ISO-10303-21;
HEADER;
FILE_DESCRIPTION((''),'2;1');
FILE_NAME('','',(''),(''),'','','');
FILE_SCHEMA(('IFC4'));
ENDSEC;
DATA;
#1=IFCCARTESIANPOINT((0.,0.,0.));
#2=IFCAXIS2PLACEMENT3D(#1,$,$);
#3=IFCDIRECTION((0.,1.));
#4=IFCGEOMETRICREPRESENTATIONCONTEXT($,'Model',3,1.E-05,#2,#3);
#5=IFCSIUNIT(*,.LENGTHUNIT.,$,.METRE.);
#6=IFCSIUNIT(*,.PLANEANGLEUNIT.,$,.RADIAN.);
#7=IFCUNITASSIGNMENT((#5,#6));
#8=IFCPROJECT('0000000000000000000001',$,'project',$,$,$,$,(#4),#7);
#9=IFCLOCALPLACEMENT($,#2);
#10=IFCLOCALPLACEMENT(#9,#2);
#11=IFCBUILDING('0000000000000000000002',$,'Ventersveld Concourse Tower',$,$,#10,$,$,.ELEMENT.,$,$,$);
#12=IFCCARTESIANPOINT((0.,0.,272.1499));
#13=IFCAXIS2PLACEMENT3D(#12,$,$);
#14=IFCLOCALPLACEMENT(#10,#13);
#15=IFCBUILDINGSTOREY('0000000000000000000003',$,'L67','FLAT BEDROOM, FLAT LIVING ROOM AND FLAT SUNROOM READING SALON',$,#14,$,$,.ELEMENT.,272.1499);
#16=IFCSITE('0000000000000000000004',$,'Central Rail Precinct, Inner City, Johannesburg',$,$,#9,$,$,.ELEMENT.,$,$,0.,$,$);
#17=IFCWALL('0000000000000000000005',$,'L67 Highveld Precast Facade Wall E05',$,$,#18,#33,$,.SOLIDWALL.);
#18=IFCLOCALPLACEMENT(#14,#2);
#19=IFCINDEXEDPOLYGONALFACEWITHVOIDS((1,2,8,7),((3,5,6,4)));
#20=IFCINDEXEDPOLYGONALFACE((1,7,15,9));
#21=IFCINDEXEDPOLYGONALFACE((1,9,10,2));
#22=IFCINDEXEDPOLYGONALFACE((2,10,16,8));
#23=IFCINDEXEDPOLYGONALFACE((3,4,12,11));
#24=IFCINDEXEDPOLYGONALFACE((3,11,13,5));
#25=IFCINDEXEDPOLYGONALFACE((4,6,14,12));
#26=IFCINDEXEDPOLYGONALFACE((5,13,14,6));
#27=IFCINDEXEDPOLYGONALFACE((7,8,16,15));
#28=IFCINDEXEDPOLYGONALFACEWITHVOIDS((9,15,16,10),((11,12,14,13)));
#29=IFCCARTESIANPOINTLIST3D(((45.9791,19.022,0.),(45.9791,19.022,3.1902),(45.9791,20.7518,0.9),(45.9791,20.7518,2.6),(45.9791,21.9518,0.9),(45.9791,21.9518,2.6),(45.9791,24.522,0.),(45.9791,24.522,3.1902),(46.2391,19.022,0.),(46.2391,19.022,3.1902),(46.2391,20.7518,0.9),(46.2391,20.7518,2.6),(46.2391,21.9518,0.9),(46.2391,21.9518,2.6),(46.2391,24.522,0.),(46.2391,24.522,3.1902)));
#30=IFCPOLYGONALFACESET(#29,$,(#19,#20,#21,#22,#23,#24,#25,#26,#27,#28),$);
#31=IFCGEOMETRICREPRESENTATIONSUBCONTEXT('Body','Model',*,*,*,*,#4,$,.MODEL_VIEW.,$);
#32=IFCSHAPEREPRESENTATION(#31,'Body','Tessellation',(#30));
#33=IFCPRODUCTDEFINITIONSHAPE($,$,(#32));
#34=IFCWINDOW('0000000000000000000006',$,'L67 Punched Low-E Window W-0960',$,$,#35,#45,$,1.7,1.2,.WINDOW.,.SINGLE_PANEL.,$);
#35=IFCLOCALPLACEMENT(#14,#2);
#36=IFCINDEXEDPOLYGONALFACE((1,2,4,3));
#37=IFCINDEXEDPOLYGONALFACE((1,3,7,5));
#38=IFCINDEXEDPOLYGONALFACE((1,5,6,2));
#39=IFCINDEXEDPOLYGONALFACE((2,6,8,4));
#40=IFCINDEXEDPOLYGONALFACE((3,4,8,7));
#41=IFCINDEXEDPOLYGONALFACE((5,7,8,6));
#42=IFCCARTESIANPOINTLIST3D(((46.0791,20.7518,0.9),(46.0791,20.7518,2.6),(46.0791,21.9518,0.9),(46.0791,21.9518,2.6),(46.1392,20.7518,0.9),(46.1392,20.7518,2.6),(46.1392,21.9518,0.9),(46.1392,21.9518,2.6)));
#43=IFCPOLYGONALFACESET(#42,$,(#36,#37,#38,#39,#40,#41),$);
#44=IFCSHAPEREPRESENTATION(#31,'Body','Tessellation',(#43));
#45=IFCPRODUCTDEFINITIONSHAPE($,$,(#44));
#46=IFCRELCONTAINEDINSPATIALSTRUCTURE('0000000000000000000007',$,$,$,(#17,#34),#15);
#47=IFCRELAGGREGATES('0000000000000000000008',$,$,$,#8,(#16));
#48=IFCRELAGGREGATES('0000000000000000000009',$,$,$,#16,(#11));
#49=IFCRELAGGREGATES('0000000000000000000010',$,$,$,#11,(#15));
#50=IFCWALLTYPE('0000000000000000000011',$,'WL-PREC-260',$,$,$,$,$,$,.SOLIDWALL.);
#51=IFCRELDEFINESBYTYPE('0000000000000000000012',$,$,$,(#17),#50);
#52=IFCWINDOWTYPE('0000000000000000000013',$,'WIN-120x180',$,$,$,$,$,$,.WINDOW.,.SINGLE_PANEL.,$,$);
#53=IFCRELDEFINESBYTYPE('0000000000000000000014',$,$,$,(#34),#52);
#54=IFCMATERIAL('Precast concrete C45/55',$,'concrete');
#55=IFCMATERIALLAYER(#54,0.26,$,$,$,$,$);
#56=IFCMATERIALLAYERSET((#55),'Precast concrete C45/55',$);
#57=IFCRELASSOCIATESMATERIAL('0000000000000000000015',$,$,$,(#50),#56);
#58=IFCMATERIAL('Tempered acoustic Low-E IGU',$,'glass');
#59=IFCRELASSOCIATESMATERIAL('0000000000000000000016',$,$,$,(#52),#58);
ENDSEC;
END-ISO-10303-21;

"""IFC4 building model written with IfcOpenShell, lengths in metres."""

from ifc_helpers import new_model, si_unit, direction, frame, frame_2d, origin, place, context, subcontext, project, spatial, rectangle, extrude, material, layer, layer_set, type_object, element, fill, save


model = new_model("IFC4")

# Units and contexts
model_context = context("Model", 3, precision=1e-05, world=origin(), true_north=direction((0.0, 1.0)))
body_context = subcontext(model_context, "Body", "Model", "MODEL_VIEW")
ifc_project = project(units=[si_unit("LENGTHUNIT", "METRE"), si_unit("PLANEANGLEUNIT", "RADIAN")], contexts=[model_context])

# Site, building, storey
site_placement = place(None, origin())
site = spatial("IfcSite", under=ifc_project, at=site_placement, Name="Central Rail Precinct, Inner City, Johannesburg", CompositionType="ELEMENT", RefElevation=0.0)
building_placement = place(site_placement, origin())
building = spatial("IfcBuilding", under=site, at=building_placement, Name="Ventersveld Concourse Tower", CompositionType="ELEMENT")
storey_placement = place(building_placement, frame((0.0, 0.0, 272.1499)))
storey = spatial("IfcBuildingStorey", under=building, at=storey_placement, Name="L67", Description="FLAT BEDROOM, FLAT LIVING ROOM AND FLAT SUNROOM READING SALON", CompositionType="ELEMENT", Elevation=272.1499)

# Shared definitions
ifc_material_1 = material(Name="Precast concrete C45/55", Category="concrete")
ifc_layer_1 = layer(ifc_material_1, 0.26)
ifc_layer_set_1 = layer_set([ifc_layer_1], Name="Precast concrete C45/55")
wall_type_1 = type_object("IfcWallType", Name="WL-PREC-260", PredefinedType="SOLIDWALL", material=ifc_layer_set_1)

# Wall, opening, window
wall_1_placement = place(storey_placement, frame((46.1091, 19.022, 0.0), z_axis=(0.0, 0.0, 1.0), x_axis=(0.0, 1.0, 0.0)))
wall_1 = element("IfcWall", 1, at=wall_1_placement, inside=storey, type_object=wall_type_1, Name="L67 Highveld Precast Facade Wall E05", PredefinedType="SOLIDWALL", context=body_context, shape_type="SweptSolid", body=[
    extrude(rectangle(XDim=5.5, YDim=0.26, at=frame_2d((2.75, 0.0))), origin(), (0.0, 0.0, 1.0), 3.1902),
])
opening_1_placement = place(wall_1_placement, frame((1.7297, 0.0, 0.8999)))
opening_1 = element("IfcOpeningElement", 2, at=opening_1_placement, cuts=wall_1, PredefinedType="OPENING", context=body_context, shape_type="SweptSolid", body=[
    extrude(rectangle(XDim=1.2, YDim=1.7, at=frame_2d((0.6001, 0.8501))), frame((0.0, 0.1401, 0.0), z_axis=(0.0, -1.0, 0.0), x_axis=(1.0, 0.0, 0.0)), (0.0, 0.0, 1.0), 0.28),
])
ifc_material_2 = material(Name="Tempered acoustic Low-E IGU", Category="glass")
window_type = type_object("IfcWindowType", Name="WIN-120x180", PartitioningType="SINGLE_PANEL", PredefinedType="WINDOW", material=ifc_material_2)
window_placement = place(opening_1_placement, origin())
window = element("IfcWindow", 3, at=window_placement, inside=storey, type_object=window_type, Name="L67 Punched Low-E Window W-0960", OverallHeight=1.7, OverallWidth=1.2, PartitioningType="SINGLE_PANEL", PredefinedType="WINDOW", context=body_context, shape_type="SweptSolid", body=[
    extrude(rectangle(XDim=1.2, YDim=1.7, at=frame_2d((0.6001, 0.8501))), frame((0.0, 0.03, 0.0), z_axis=(0.0, -1.0, 0.0), x_axis=(1.0, 0.0, 0.0)), (0.0, 0.0, 1.0), 0.0601),
])
fill(opening_1, window)

save(model, "model.ifc")
